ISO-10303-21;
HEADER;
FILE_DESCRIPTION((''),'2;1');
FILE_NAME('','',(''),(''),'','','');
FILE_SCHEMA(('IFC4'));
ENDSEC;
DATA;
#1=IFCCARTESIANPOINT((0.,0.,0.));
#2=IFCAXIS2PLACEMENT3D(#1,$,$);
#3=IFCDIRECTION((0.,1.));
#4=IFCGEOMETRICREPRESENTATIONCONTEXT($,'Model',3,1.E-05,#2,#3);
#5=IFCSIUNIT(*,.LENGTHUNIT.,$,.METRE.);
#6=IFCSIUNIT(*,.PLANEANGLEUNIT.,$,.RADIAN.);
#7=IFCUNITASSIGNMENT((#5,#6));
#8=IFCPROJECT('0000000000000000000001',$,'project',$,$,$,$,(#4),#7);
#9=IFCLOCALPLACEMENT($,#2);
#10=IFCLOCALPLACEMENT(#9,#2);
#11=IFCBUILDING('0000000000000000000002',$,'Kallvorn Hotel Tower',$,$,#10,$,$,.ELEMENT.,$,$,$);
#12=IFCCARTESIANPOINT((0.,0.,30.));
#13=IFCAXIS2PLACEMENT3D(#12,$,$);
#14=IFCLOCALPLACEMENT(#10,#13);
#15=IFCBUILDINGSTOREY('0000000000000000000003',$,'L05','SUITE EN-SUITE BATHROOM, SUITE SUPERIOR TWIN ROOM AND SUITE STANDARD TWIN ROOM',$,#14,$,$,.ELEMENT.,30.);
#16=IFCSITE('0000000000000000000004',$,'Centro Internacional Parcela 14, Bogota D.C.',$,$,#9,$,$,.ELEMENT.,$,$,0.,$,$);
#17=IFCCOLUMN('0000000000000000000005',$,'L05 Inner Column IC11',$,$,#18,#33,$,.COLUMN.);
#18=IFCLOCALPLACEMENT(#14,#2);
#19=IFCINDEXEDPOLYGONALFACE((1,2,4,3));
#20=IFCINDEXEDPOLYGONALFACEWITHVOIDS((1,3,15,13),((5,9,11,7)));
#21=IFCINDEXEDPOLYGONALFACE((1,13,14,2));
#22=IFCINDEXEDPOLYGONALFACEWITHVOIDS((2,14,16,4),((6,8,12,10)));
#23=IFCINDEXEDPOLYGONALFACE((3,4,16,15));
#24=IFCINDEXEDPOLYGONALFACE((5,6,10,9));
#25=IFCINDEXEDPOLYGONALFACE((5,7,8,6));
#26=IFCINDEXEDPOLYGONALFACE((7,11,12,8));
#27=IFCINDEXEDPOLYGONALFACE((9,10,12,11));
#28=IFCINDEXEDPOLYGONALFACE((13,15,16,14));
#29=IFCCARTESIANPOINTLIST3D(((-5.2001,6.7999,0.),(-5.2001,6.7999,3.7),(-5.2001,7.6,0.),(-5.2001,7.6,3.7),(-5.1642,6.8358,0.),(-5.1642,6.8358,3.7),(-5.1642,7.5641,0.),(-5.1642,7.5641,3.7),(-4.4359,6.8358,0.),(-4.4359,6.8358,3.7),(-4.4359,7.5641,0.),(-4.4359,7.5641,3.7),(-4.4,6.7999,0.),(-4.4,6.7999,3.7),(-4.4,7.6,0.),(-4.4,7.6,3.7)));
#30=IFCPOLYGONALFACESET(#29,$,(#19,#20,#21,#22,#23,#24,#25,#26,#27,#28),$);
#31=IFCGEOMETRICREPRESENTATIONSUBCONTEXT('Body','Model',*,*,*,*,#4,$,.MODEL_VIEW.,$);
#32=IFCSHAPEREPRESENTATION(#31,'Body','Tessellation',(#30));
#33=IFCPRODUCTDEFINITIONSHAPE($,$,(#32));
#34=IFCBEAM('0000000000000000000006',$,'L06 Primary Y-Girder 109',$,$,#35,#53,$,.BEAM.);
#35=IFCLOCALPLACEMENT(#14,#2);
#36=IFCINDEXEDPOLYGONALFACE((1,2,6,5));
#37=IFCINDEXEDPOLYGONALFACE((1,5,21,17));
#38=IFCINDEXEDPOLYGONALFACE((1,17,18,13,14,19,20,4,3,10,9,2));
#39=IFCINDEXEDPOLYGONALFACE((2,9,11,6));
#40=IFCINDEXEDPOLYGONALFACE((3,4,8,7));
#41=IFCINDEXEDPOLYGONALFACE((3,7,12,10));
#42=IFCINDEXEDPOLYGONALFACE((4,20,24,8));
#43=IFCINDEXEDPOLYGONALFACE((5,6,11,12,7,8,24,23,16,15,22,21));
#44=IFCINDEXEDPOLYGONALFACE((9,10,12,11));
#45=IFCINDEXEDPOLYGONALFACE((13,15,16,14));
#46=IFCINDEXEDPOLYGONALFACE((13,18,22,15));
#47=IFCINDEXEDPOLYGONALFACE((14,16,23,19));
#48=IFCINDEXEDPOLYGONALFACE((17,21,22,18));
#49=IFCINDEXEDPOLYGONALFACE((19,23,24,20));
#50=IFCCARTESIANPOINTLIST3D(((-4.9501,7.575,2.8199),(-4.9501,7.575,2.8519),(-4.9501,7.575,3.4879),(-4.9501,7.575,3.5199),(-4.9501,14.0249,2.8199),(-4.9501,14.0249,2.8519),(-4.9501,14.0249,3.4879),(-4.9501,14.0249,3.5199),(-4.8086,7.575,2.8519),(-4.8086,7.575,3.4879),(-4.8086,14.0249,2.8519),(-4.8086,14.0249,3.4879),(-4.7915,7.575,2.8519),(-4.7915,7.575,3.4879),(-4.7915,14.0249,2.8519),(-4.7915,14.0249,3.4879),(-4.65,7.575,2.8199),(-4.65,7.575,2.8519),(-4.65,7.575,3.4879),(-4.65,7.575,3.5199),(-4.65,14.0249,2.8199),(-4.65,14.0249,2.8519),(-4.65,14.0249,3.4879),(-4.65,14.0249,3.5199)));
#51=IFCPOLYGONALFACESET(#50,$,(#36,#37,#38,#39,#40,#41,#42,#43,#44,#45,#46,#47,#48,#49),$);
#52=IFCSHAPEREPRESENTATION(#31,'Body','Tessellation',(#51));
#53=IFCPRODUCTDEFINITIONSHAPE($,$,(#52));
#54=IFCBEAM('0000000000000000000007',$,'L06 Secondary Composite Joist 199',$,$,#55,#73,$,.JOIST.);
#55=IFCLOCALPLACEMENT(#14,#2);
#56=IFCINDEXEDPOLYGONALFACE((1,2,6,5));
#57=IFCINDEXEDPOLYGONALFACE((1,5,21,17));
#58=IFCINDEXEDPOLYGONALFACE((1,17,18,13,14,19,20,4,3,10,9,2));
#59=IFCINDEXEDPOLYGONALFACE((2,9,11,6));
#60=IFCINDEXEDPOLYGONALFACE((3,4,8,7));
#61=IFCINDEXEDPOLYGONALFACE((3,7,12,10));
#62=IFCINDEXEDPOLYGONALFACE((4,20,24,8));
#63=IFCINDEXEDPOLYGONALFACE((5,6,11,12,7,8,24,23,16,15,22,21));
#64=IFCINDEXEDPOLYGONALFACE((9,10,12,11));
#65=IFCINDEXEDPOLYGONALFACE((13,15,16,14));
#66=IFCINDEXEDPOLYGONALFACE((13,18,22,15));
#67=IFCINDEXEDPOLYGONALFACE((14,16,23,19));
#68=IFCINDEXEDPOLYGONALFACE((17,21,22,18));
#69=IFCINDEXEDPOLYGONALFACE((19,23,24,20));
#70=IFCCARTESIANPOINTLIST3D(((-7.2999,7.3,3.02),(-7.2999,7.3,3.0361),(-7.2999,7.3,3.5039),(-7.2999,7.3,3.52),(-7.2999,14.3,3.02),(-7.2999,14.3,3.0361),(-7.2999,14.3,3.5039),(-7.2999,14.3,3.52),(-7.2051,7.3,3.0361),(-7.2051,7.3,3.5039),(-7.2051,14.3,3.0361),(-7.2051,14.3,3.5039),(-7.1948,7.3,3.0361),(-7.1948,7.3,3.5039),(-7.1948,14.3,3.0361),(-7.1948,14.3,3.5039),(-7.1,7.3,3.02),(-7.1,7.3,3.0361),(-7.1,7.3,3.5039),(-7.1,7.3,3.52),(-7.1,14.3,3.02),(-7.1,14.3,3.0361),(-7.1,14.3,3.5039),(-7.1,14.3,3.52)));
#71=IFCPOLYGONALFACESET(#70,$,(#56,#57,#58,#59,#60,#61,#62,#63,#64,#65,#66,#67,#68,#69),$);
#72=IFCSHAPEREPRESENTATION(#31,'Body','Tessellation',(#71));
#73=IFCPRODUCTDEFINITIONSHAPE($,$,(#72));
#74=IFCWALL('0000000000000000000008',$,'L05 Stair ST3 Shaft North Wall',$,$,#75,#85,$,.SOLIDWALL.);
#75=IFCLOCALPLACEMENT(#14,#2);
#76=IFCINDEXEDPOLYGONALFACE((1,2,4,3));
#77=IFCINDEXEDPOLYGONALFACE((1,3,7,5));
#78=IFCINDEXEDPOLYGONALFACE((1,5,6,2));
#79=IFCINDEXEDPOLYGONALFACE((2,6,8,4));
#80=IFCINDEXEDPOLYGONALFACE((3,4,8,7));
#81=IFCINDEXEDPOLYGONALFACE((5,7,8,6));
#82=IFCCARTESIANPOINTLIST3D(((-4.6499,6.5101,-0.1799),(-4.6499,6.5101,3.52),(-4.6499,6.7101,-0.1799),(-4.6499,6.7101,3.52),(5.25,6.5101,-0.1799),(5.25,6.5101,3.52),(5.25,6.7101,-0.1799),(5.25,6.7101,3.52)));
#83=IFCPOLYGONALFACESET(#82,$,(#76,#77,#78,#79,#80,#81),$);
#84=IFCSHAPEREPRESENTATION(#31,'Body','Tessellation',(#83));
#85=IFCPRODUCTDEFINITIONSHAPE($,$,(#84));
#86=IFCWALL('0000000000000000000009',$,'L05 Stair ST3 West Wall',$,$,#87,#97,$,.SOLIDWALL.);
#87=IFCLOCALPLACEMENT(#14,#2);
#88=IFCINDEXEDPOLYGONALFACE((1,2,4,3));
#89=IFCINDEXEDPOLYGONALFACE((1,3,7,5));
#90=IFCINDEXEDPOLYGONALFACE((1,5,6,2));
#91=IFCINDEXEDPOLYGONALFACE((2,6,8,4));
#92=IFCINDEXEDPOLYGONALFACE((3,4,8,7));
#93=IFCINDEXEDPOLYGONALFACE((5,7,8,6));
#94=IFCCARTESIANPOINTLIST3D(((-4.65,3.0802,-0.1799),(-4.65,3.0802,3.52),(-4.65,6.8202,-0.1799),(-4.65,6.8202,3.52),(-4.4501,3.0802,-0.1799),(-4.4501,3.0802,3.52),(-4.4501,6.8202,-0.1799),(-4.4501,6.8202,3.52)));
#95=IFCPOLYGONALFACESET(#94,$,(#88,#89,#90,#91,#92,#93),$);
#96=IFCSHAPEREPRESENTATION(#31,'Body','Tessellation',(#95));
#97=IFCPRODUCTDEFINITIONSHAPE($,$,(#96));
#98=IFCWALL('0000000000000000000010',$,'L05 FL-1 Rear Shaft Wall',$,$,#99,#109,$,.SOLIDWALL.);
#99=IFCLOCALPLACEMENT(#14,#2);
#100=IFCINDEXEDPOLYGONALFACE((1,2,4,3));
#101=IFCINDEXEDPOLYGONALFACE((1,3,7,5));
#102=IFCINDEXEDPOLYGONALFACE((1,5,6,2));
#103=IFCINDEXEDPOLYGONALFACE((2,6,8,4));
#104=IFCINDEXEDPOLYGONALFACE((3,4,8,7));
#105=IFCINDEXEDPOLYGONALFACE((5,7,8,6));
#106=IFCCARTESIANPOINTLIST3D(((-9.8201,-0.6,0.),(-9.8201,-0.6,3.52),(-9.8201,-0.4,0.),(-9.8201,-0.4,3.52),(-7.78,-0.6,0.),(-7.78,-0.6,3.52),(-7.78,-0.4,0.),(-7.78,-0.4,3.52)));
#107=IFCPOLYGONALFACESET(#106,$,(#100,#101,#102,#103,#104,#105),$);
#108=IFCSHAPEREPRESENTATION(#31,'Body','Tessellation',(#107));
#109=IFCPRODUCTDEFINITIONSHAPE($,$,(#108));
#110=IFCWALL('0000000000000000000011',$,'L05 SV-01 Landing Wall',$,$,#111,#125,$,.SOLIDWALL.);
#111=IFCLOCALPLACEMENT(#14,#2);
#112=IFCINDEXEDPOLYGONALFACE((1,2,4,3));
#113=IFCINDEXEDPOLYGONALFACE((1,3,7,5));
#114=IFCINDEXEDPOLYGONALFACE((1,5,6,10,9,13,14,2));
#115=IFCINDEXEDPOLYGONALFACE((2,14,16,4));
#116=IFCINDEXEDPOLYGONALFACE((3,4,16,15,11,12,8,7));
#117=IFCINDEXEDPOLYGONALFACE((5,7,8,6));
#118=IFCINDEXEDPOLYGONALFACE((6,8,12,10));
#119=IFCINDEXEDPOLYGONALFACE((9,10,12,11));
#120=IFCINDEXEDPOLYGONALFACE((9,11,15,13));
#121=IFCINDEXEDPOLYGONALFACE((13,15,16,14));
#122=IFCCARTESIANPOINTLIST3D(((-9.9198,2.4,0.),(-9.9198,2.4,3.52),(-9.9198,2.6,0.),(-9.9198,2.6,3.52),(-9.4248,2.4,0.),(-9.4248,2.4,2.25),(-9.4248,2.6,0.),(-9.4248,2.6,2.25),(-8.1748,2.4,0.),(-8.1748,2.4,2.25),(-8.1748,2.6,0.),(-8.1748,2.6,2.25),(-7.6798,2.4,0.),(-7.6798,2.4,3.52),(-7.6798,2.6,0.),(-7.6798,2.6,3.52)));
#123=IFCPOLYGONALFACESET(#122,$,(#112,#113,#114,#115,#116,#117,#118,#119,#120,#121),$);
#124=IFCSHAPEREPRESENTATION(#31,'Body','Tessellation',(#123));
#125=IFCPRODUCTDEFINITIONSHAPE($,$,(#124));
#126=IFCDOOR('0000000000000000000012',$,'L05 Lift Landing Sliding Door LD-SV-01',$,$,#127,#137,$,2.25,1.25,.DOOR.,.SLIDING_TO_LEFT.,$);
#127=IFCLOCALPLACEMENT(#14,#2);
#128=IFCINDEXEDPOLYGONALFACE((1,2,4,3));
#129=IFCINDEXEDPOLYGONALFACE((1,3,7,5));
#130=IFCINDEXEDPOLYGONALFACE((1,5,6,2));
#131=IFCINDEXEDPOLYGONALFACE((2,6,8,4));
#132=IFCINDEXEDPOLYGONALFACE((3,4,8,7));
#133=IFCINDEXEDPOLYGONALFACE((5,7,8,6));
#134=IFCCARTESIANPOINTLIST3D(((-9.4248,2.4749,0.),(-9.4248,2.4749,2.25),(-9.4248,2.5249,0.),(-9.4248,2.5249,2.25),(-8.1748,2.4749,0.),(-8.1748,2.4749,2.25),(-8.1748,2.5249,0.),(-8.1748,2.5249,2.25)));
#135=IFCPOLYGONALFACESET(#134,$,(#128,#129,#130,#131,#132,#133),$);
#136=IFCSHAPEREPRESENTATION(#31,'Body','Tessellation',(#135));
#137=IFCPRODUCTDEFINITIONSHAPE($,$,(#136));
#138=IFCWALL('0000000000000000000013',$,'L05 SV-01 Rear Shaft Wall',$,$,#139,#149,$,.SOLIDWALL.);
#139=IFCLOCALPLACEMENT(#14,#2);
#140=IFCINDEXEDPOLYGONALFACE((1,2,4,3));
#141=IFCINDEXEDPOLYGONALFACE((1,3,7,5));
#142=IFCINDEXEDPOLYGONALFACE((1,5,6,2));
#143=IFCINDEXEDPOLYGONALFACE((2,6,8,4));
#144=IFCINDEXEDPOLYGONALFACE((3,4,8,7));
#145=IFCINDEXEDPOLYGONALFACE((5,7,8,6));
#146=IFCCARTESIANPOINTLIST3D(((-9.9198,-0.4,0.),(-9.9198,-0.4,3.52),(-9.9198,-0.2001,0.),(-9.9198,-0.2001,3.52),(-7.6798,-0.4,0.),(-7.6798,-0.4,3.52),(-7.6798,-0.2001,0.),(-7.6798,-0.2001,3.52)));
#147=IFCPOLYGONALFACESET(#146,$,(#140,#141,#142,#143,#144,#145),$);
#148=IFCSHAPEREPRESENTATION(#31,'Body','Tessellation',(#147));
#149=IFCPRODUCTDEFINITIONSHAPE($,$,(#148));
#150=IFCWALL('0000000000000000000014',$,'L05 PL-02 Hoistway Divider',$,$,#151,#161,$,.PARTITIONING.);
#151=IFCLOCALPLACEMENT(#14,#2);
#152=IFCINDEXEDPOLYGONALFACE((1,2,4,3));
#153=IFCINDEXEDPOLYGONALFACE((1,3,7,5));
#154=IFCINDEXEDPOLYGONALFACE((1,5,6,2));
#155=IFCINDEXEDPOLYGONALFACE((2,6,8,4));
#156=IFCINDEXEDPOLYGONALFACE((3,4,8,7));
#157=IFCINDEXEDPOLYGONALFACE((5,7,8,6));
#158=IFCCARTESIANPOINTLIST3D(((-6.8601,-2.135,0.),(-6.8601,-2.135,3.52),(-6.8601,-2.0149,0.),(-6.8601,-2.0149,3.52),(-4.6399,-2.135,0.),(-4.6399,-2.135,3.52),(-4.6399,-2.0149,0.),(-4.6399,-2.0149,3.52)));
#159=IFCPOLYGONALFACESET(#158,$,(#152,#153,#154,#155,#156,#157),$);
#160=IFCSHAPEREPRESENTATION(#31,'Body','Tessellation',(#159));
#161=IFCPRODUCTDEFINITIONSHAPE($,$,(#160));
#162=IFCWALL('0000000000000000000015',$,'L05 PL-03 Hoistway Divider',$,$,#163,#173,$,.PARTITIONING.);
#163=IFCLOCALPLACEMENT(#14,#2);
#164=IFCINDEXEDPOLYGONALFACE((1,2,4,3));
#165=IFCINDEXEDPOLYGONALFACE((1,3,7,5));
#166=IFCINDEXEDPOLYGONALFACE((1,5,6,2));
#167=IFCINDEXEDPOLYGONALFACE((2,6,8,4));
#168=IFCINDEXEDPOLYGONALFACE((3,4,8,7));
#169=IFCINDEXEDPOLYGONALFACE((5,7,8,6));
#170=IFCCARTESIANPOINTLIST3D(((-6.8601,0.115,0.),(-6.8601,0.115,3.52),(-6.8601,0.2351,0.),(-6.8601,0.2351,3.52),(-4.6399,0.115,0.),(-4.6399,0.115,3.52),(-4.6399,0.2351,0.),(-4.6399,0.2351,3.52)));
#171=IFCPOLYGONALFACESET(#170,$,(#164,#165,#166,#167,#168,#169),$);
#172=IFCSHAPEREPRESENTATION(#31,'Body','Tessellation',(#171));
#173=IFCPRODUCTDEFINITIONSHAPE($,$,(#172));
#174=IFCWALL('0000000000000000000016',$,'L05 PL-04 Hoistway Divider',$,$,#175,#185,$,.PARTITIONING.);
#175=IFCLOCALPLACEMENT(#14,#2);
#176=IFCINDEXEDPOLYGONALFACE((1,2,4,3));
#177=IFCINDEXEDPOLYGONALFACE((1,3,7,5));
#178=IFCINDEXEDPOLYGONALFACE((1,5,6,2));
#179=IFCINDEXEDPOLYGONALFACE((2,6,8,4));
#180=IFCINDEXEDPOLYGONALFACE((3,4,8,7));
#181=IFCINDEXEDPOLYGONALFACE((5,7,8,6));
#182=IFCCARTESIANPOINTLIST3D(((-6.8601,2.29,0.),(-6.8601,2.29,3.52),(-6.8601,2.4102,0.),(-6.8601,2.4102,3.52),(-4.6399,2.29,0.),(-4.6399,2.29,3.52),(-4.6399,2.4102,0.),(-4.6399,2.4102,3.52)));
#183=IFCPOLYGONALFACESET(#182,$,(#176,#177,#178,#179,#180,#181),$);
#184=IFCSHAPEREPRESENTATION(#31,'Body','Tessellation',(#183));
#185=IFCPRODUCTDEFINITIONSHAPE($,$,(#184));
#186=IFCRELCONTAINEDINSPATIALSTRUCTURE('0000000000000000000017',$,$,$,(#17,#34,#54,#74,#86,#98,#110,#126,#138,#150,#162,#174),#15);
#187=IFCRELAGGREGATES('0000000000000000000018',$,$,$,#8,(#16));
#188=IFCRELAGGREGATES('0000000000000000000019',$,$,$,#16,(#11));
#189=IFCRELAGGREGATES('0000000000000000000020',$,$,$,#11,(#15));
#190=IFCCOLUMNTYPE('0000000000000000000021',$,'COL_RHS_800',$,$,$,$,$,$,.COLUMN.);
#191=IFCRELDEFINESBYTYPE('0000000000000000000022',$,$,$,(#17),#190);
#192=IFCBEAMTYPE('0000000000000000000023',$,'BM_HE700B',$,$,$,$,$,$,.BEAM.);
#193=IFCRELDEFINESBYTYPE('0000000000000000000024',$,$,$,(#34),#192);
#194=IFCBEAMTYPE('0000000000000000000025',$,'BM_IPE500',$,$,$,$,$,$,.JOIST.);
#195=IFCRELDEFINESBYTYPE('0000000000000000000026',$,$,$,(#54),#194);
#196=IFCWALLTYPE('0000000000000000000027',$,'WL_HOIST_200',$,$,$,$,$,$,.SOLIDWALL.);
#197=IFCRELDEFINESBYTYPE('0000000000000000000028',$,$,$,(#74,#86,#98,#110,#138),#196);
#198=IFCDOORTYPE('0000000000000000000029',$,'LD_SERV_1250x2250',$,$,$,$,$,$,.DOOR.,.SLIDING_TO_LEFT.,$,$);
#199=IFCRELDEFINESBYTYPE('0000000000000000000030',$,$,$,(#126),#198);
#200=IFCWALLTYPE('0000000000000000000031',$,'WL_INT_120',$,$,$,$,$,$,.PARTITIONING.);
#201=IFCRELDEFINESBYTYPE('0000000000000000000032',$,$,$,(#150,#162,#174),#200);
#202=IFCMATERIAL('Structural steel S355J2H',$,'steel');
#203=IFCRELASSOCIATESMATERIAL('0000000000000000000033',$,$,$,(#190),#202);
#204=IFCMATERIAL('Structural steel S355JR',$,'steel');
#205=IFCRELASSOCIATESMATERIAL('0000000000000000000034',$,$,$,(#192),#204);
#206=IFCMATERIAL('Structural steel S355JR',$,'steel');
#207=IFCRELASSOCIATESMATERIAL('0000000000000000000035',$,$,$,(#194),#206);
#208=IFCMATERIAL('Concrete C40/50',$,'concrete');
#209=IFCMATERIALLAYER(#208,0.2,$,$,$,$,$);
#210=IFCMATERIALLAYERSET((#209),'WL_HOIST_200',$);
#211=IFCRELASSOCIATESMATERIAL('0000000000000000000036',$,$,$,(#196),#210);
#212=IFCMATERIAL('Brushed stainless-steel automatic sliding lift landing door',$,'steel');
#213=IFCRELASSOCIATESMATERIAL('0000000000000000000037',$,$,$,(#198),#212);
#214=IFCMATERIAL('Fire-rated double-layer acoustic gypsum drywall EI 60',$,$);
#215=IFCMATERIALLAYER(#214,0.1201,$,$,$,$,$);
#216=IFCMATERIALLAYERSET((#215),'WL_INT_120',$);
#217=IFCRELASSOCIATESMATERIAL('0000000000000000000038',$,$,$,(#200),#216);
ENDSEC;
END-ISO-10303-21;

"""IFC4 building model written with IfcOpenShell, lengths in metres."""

from ifc_helpers import new_model, si_unit, direction, frame, frame_2d, origin, origin_2d, place, context, subcontext, project, spatial, rectangle, hollow_rectangle, i_section, extrude, material, layer, layer_set, material_profile, profile_set, type_object, element, fill, save


model = new_model("IFC4")

# Units and contexts
model_context = context("Model", 3, precision=1e-05, world=origin(), true_north=direction((0.0, 1.0)))
body_context = subcontext(model_context, "Body", "Model", "MODEL_VIEW")
ifc_project = project(units=[si_unit("LENGTHUNIT", "METRE"), si_unit("PLANEANGLEUNIT", "RADIAN")], contexts=[model_context])

# Site, building, storey
site_placement = place(None, origin())
site = spatial("IfcSite", under=ifc_project, at=site_placement, Name="Centro Internacional Parcela 14, Bogota D.C.", CompositionType="ELEMENT", RefElevation=0.0)
building_placement = place(site_placement, origin())
building = spatial("IfcBuilding", under=site, at=building_placement, Name="Kallvorn Hotel Tower", CompositionType="ELEMENT")
storey_placement = place(building_placement, frame((0.0, 0.0, 30.0)))
storey = spatial("IfcBuildingStorey", under=building, at=storey_placement, Name="L05", Description="SUITE EN-SUITE BATHROOM, SUITE SUPERIOR TWIN ROOM AND SUITE STANDARD TWIN ROOM", CompositionType="ELEMENT", Elevation=30.0)

# Column
ifc_material_1 = material(Name="Structural steel S355J2H", Category="steel")
ifc_material_profile_1 = material_profile(ifc_material_1, hollow_rectangle(XDim=0.8, YDim=0.8, WallThickness=0.0359, at=origin_2d()), Name="RHS 800x800x36")
ifc_profile_set_1 = profile_set([ifc_material_profile_1], Name="Structural steel S355J2H")
column_type = type_object("IfcColumnType", Name="COL_RHS_800", PredefinedType="COLUMN", material=ifc_profile_set_1)
column_placement = place(storey_placement, frame((-4.8, 7.2, 0.0), z_axis=(0.0, 0.0, 1.0), x_axis=(1.0, 0.0, 0.0)))
element("IfcColumn", 1, at=column_placement, inside=storey, type_object=column_type, Name="L05 Inner Column IC11", PredefinedType="COLUMN", context=body_context, shape_type="SweptSolid", body=[
    extrude(hollow_rectangle(XDim=0.8, YDim=0.8, WallThickness=0.0359, at=origin_2d()), origin(), (0.0, 0.0, 1.0), 3.7),
])

# Beams
ifc_material_2 = material(Name="Structural steel S355JR", Category="steel")
ifc_material_profile_2 = material_profile(ifc_material_2, i_section(OverallWidth=0.3, OverallDepth=0.7, WebThickness=0.0171, FlangeThickness=0.032, at=origin_2d()), Name="HE 700 B")
ifc_profile_set_2 = profile_set([ifc_material_profile_2], Name="Structural steel S355JR")
beam_type_1 = type_object("IfcBeamType", Name="BM_HE700B", PredefinedType="BEAM", material=ifc_profile_set_2)
beam_1_placement = place(storey_placement, frame((-4.8, 7.575, 3.1699), z_axis=(0.0, 1.0, 0.0), x_axis=(-1.0, 0.0, 0.0)))
element("IfcBeam", 2, at=beam_1_placement, inside=storey, type_object=beam_type_1, Name="L06 Primary Y-Girder 109", PredefinedType="BEAM", context=body_context, shape_type="SweptSolid", body=[
    extrude(i_section(OverallWidth=0.3, OverallDepth=0.7, WebThickness=0.0171, FlangeThickness=0.032, at=origin_2d()), origin(), (0.0, 0.0, 1.0), 6.45),
])
ifc_material_3 = material(Name="Structural steel S355JR", Category="steel")
ifc_material_profile_3 = material_profile(ifc_material_3, i_section(OverallWidth=0.2, OverallDepth=0.5, WebThickness=0.0103, FlangeThickness=0.0161, at=origin_2d()), Name="IPE 500")
ifc_profile_set_3 = profile_set([ifc_material_profile_3], Name="Structural steel S355JR")
beam_type_2 = type_object("IfcBeamType", Name="BM_IPE500", PredefinedType="JOIST", material=ifc_profile_set_3)
beam_2_placement = place(storey_placement, frame((-7.2, 7.3, 3.27), z_axis=(0.0, 1.0, 0.0), x_axis=(-1.0, 0.0, 0.0)))
element("IfcBeam", 3, at=beam_2_placement, inside=storey, type_object=beam_type_2, Name="L06 Secondary Composite Joist 199", PredefinedType="JOIST", context=body_context, shape_type="SweptSolid", body=[
    extrude(i_section(OverallWidth=0.2, OverallDepth=0.5, WebThickness=0.0103, FlangeThickness=0.0161, at=origin_2d()), origin(), (0.0, 0.0, 1.0), 7.0),
])

# Walls
ifc_material_4 = material(Name="Concrete C40/50", Category="concrete")
ifc_layer_1 = layer(ifc_material_4, 0.2)
ifc_layer_set_1 = layer_set([ifc_layer_1], Name="WL_HOIST_200")
wall_type_1 = type_object("IfcWallType", Name="WL_HOIST_200", PredefinedType="SOLIDWALL", material=ifc_layer_set_1)
wall_1_placement = place(storey_placement, frame((-4.6499, 6.6101, -0.1799), z_axis=(0.0, 0.0, 1.0), x_axis=(1.0, 0.0, 0.0)))
element("IfcWall", 4, at=wall_1_placement, inside=storey, type_object=wall_type_1, Name="L05 Stair ST3 Shaft North Wall", PredefinedType="SOLIDWALL", context=body_context, shape_type="SweptSolid", body=[
    extrude(rectangle(XDim=9.8999, YDim=0.2, at=frame_2d((4.95, 0.0))), origin(), (0.0, 0.0, 1.0), 3.7),
])
wall_2_placement = place(storey_placement, frame((-4.55, 3.0801, -0.1799), z_axis=(0.0, 0.0, 1.0), x_axis=(0.0, 1.0, 0.0)))
element("IfcWall", 5, at=wall_2_placement, inside=storey, type_object=wall_type_1, Name="L05 Stair ST3 West Wall", PredefinedType="SOLIDWALL", context=body_context, shape_type="SweptSolid", body=[
    extrude(rectangle(XDim=3.74, YDim=0.2, at=frame_2d((1.8701, 0.0))), origin(), (0.0, 0.0, 1.0), 3.7),
])
wall_3_placement = place(storey_placement, frame((-9.8201, -0.5, 0.0), z_axis=(0.0, 0.0, 1.0), x_axis=(1.0, 0.0, 0.0)))
element("IfcWall", 6, at=wall_3_placement, inside=storey, type_object=wall_type_1, Name="L05 FL-1 Rear Shaft Wall", PredefinedType="SOLIDWALL", context=body_context, shape_type="SweptSolid", body=[
    extrude(rectangle(XDim=2.04, YDim=0.2, at=frame_2d((1.02, 0.0))), origin(), (0.0, 0.0, 1.0), 3.52),
])

# Wall, opening, door
wall_4_placement = place(storey_placement, frame((-9.9199, 2.5, 0.0), z_axis=(0.0, 0.0, 1.0), x_axis=(1.0, 0.0, 0.0)))
wall_4 = element("IfcWall", 7, at=wall_4_placement, inside=storey, type_object=wall_type_1, Name="L05 SV-01 Landing Wall", PredefinedType="SOLIDWALL", context=body_context, shape_type="SweptSolid", body=[
    extrude(rectangle(XDim=2.24, YDim=0.2, at=frame_2d((1.1201, 0.0))), origin(), (0.0, 0.0, 1.0), 3.52),
])
opening_1_placement = place(wall_4_placement, frame((0.4951, 0.0, 0.0)))
opening_1 = element("IfcOpeningElement", 8, at=opening_1_placement, cuts=wall_4, PredefinedType="OPENING", context=body_context, shape_type="SweptSolid", body=[
    extrude(rectangle(XDim=1.25, YDim=2.25, at=frame_2d((0.625, 1.125))), frame((0.0, 0.115, 0.0), z_axis=(0.0, -1.0, 0.0), x_axis=(1.0, 0.0, 0.0)), (0.0, 0.0, 1.0), 0.23),
])
ifc_material_5 = material(Name="Brushed stainless-steel automatic sliding lift landing door", Category="steel")
door_type_1 = type_object("IfcDoorType", Name="LD_SERV_1250x2250", OperationType="SLIDING_TO_LEFT", PredefinedType="DOOR", material=ifc_material_5)
door_1_placement = place(opening_1_placement, origin())
door_1 = element("IfcDoor", 9, at=door_1_placement, inside=storey, type_object=door_type_1, Name="L05 Lift Landing Sliding Door LD-SV-01", OperationType="SLIDING_TO_LEFT", OverallHeight=2.25, OverallWidth=1.25, PredefinedType="DOOR", context=body_context, shape_type="SweptSolid", body=[
    extrude(rectangle(XDim=1.25, YDim=2.25, at=frame_2d((0.625, 1.125))), frame((0.0, 0.0249, 0.0), z_axis=(0.0, -1.0, 0.0), x_axis=(1.0, 0.0, 0.0)), (0.0, 0.0, 1.0), 0.05),
])
fill(opening_1, door_1)

# Walls
wall_5_placement = place(storey_placement, frame((-9.9199, -0.3, 0.0), z_axis=(0.0, 0.0, 1.0), x_axis=(1.0, 0.0, 0.0)))
element("IfcWall", 10, at=wall_5_placement, inside=storey, type_object=wall_type_1, Name="L05 SV-01 Rear Shaft Wall", PredefinedType="SOLIDWALL", context=body_context, shape_type="SweptSolid", body=[
    extrude(rectangle(XDim=2.24, YDim=0.2, at=frame_2d((1.1201, 0.0))), origin(), (0.0, 0.0, 1.0), 3.52),
])
ifc_material_6 = material(Name="Fire-rated double-layer acoustic gypsum drywall EI 60")
ifc_layer_2 = layer(ifc_material_6, 0.1201)
ifc_layer_set_2 = layer_set([ifc_layer_2], Name="WL_INT_120")
wall_type_2 = type_object("IfcWallType", Name="WL_INT_120", PredefinedType="PARTITIONING", material=ifc_layer_set_2)
for number, where, z_axis, x_axis, name in (
    (11, (-6.8601, -2.075, 0.0), (0.0, 0.0, 1.0), (1.0, 0.0, 0.0), "L05 PL-02 Hoistway Divider"),
    (12, (-6.8601, 0.175, 0.0), (0.0, 0.0, 1.0), (1.0, 0.0, 0.0), "L05 PL-03 Hoistway Divider"),
    (13, (-6.8601, 2.3501, 0.0), (0.0, 0.0, 1.0), (1.0, 0.0, 0.0), "L05 PL-04 Hoistway Divider"),
):
    element("IfcWall", number, at=place(storey_placement, frame(where, z_axis=z_axis, x_axis=x_axis)), inside=storey, type_object=wall_type_2, Name=name, PredefinedType="PARTITIONING", context=body_context, shape_type="SweptSolid", body=[
        extrude(rectangle(XDim=2.2202, YDim=0.1201, at=frame_2d((1.1101, 0.0))), origin(), (0.0, 0.0, 1.0), 3.52),
    ])

save(model, "model.ifc")
